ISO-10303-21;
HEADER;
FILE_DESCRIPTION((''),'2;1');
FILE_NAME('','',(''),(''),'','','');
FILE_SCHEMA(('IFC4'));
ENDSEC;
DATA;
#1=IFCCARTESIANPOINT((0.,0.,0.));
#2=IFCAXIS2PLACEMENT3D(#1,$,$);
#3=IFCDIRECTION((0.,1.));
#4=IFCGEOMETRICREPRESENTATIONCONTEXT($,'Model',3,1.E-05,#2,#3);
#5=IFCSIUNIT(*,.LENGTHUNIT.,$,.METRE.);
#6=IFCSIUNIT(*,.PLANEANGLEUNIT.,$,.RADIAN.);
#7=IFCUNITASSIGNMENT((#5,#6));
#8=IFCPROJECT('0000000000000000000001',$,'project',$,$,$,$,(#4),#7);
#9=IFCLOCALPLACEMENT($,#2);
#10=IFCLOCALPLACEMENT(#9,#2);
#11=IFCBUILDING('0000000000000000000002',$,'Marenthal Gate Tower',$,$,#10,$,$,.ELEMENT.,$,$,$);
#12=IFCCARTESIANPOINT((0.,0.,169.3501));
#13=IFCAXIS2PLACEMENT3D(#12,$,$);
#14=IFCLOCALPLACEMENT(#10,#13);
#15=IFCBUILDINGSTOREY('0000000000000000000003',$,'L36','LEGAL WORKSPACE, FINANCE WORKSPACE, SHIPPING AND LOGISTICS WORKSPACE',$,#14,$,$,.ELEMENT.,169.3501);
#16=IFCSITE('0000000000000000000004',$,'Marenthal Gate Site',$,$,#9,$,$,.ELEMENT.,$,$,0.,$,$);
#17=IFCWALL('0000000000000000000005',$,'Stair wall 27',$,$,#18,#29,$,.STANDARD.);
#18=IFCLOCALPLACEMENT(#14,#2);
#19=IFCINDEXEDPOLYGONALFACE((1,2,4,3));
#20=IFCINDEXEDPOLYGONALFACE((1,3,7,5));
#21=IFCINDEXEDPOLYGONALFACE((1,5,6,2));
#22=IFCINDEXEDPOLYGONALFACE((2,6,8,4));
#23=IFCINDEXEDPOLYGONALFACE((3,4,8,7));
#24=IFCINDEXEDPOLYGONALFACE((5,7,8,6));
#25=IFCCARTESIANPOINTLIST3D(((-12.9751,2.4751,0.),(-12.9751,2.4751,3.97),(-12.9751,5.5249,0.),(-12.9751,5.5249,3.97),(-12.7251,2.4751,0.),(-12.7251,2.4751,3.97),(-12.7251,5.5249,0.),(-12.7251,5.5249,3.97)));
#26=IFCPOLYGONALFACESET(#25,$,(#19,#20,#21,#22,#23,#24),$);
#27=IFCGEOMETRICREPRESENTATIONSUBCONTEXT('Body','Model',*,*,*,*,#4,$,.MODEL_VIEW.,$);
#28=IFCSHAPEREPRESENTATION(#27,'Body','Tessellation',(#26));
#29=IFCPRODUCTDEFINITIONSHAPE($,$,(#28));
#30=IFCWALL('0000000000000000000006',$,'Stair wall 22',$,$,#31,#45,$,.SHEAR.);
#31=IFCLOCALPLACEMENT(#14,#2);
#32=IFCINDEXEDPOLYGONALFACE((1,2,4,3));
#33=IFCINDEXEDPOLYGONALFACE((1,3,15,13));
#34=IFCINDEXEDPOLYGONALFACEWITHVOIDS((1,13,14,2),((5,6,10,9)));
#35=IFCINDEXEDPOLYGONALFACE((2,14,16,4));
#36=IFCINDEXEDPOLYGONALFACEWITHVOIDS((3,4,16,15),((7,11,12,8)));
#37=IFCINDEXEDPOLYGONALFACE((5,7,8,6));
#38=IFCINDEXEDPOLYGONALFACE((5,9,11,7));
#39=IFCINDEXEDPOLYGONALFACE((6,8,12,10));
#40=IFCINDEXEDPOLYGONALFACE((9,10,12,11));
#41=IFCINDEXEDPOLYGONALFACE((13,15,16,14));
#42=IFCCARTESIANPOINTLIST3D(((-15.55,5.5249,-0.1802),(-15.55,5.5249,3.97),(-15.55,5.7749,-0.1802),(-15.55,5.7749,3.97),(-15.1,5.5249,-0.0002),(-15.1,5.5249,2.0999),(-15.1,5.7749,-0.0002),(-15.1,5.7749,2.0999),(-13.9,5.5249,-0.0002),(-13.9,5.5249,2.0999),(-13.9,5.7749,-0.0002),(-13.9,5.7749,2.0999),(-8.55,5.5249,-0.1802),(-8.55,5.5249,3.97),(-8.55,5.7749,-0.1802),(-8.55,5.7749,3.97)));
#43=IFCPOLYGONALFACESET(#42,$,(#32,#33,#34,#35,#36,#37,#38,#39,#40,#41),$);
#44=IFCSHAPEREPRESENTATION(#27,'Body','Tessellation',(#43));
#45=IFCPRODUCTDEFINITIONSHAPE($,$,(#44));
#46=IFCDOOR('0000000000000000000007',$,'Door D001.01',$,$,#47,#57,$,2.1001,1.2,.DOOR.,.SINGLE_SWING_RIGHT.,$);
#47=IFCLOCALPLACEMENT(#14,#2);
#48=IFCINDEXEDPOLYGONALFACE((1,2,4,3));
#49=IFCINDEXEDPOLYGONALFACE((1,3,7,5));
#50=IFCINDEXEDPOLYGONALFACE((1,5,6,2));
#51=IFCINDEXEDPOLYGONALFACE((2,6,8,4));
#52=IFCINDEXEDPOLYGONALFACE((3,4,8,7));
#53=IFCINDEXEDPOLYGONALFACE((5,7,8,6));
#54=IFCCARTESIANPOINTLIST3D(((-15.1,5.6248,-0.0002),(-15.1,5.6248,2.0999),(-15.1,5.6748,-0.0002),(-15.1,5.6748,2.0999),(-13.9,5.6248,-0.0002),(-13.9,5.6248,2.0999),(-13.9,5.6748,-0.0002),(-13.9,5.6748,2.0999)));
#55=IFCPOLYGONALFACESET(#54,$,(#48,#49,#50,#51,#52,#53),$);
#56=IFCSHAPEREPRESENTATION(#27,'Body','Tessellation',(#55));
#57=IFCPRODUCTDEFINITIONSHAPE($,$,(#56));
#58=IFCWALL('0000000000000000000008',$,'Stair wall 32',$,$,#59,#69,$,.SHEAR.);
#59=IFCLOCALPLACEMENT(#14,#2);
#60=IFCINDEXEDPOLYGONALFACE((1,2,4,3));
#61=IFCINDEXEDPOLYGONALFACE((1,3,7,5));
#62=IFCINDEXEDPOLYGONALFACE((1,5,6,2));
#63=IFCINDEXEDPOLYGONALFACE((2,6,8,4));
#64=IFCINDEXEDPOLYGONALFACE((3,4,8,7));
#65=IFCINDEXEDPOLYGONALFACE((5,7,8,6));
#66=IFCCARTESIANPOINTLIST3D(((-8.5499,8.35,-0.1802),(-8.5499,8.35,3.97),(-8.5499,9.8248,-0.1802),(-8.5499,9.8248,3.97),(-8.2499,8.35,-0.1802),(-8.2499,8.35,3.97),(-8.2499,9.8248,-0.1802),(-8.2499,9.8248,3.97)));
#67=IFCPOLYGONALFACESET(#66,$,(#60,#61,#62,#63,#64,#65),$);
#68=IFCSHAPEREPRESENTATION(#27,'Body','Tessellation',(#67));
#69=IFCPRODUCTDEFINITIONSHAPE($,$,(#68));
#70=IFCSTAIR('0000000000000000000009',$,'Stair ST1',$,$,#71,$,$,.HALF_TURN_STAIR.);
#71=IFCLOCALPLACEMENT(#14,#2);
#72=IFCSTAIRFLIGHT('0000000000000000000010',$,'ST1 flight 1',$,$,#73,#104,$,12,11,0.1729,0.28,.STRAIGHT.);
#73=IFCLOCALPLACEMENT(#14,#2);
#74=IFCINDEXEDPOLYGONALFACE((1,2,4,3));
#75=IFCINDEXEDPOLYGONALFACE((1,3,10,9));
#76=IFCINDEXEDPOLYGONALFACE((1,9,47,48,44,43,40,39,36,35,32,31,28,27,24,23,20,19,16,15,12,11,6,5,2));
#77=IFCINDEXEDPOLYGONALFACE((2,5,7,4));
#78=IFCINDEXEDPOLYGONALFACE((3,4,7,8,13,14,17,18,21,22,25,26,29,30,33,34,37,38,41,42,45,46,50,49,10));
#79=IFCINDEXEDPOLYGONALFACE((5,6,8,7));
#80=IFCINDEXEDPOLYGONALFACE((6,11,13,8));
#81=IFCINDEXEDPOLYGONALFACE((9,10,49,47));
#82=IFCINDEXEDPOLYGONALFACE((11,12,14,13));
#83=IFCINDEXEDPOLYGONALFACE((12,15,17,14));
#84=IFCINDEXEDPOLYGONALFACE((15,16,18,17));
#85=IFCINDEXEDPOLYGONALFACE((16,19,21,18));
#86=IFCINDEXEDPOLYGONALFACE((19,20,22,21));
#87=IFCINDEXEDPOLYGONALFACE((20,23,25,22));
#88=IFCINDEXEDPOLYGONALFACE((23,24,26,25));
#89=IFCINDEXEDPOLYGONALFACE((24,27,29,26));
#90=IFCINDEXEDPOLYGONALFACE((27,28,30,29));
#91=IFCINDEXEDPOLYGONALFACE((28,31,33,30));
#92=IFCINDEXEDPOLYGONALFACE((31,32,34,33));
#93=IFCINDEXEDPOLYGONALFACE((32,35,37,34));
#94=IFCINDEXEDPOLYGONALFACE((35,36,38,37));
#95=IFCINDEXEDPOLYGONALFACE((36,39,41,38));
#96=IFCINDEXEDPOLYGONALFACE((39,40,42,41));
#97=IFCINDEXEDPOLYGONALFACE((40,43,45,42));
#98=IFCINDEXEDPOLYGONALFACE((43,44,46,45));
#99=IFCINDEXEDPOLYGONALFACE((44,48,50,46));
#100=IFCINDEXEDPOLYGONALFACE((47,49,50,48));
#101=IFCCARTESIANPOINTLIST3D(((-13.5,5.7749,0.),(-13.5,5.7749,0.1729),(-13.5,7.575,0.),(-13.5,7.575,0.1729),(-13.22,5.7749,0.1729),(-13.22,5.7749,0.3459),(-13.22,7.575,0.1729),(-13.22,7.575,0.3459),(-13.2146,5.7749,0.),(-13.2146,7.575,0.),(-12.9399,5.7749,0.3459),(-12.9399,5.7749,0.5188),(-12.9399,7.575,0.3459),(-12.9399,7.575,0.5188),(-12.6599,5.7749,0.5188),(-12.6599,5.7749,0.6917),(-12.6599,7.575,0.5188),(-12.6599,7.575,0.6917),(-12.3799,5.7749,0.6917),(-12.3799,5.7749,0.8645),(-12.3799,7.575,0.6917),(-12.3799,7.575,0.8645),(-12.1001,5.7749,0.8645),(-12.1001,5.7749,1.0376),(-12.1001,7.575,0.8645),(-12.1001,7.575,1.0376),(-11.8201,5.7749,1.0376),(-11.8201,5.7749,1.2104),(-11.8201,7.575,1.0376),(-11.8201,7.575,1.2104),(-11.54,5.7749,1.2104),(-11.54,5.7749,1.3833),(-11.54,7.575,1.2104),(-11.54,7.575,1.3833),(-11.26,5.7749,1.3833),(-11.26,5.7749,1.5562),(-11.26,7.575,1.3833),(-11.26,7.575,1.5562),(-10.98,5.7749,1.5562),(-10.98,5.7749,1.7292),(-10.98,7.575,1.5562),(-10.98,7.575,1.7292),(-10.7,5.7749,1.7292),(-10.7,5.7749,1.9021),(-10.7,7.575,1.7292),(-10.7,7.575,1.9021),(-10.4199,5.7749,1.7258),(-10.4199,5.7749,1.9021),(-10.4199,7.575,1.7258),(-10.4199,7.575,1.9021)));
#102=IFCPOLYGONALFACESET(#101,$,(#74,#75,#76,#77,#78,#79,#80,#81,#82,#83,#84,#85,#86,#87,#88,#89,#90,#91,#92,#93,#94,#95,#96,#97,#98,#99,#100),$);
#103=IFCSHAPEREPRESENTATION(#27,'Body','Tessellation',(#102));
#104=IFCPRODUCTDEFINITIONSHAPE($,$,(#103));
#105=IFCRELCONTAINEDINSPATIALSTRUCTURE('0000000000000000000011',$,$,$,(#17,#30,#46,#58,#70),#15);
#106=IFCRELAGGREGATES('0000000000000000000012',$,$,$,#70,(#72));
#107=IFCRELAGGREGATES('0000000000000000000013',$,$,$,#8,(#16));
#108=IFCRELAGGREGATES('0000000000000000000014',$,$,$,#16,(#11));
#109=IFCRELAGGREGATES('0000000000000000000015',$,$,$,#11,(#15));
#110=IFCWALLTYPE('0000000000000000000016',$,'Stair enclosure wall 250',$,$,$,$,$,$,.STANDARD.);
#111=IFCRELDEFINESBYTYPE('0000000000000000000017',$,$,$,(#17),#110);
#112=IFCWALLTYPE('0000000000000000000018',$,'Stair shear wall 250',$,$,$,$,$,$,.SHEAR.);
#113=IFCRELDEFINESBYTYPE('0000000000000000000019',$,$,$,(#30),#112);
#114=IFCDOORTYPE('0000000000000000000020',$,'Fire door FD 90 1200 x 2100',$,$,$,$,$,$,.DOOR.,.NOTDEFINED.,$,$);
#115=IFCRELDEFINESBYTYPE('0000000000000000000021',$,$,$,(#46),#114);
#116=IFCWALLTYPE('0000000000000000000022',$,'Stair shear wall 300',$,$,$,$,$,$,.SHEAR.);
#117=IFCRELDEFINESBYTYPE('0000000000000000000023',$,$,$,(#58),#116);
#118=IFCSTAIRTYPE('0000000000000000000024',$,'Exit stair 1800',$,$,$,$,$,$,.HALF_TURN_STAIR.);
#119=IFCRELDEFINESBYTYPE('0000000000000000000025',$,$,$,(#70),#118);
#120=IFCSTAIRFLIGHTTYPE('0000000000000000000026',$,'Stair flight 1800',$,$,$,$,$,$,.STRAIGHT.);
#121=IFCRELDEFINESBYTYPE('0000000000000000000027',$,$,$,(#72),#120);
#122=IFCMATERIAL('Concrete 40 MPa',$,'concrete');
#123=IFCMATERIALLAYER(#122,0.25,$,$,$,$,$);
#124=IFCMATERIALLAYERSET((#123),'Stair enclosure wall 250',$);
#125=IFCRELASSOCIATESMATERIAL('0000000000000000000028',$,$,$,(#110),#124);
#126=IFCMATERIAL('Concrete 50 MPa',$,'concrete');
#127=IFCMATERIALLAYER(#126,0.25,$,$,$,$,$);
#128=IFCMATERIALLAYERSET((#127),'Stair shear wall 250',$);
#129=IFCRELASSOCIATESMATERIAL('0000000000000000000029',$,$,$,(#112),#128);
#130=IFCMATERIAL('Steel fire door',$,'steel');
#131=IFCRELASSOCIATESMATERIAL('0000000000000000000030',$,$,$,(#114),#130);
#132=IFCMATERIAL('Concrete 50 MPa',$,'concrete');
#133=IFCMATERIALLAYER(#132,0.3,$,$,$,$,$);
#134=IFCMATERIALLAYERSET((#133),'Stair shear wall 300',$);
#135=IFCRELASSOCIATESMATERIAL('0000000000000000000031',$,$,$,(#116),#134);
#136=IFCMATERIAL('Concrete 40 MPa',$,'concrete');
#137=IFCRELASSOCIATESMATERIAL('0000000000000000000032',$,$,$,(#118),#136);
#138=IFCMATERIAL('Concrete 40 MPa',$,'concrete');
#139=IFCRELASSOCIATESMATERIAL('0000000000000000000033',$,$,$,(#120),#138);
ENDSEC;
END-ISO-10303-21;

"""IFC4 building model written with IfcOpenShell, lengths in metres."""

from ifc_helpers import new_model, si_unit, direction, frame, frame_2d, origin, place, context, subcontext, project, spatial, polyline, rectangle, outline, extrude, material, layer, layer_set, type_object, element, fill, aggregate, save


model = new_model("IFC4")

# Units and contexts
model_context = context("Model", 3, precision=1e-05, world=origin(), true_north=direction((0.0, 1.0)))
body_context = subcontext(model_context, "Body", "Model", "MODEL_VIEW")
ifc_project = project(units=[si_unit("LENGTHUNIT", "METRE"), si_unit("PLANEANGLEUNIT", "RADIAN")], contexts=[model_context])

# Site, building, storey
site_placement = place(None, origin())
site = spatial("IfcSite", under=ifc_project, at=site_placement, Name="Marenthal Gate Site", CompositionType="ELEMENT", RefElevation=0.0)
building_placement = place(site_placement, origin())
building = spatial("IfcBuilding", under=site, at=building_placement, Name="Marenthal Gate Tower", CompositionType="ELEMENT")
storey_placement = place(building_placement, frame((0.0, 0.0, 169.3501)))
storey = spatial("IfcBuildingStorey", under=building, at=storey_placement, Name="L36", Description="LEGAL WORKSPACE, FINANCE WORKSPACE, SHIPPING AND LOGISTICS WORKSPACE", CompositionType="ELEMENT", Elevation=169.3501)

# Wall
ifc_material_1 = material(Name="Concrete 40 MPa", Category="concrete")
ifc_layer_1 = layer(ifc_material_1, 0.25)
ifc_layer_set_1 = layer_set([ifc_layer_1], Name="Stair enclosure wall 250")
wall_type_1 = type_object("IfcWallType", Name="Stair enclosure wall 250", PredefinedType="STANDARD", material=ifc_layer_set_1)
wall_1_placement = place(storey_placement, frame((-12.8501, 2.4751, 0.0), z_axis=(0.0, 0.0, 1.0), x_axis=(0.0, 1.0, 0.0)))
element("IfcWall", 1, at=wall_1_placement, inside=storey, type_object=wall_type_1, Name="Stair wall 27", PredefinedType="STANDARD", context=body_context, shape_type="SweptSolid", body=[
    extrude(rectangle(XDim=3.0498, YDim=0.25, at=frame_2d((1.5249, 0.0))), origin(), (0.0, 0.0, 1.0), 3.97),
])

# Wall, opening, door
ifc_material_2 = material(Name="Concrete 50 MPa", Category="concrete")
ifc_layer_2 = layer(ifc_material_2, 0.25)
ifc_layer_set_2 = layer_set([ifc_layer_2], Name="Stair shear wall 250")
wall_type_2 = type_object("IfcWallType", Name="Stair shear wall 250", PredefinedType="SHEAR", material=ifc_layer_set_2)
wall_2_placement = place(storey_placement, frame((-15.55, 5.6499, -0.1802), z_axis=(0.0, 0.0, 1.0), x_axis=(1.0, 0.0, 0.0)))
wall_2 = element("IfcWall", 2, at=wall_2_placement, inside=storey, type_object=wall_type_2, Name="Stair wall 22", PredefinedType="SHEAR", context=body_context, shape_type="SweptSolid", body=[
    extrude(rectangle(XDim=7.0, YDim=0.25, at=frame_2d((3.5, 0.0))), origin(), (0.0, 0.0, 1.0), 4.1501),
])
opening_1_placement = place(wall_2_placement, frame((0.45, 0.0, 0.1799)))
opening_1 = element("IfcOpeningElement", 3, at=opening_1_placement, cuts=wall_2, PredefinedType="OPENING", context=body_context, shape_type="SweptSolid", body=[
    extrude(rectangle(XDim=1.2, YDim=2.1001, at=frame_2d((0.6001, 1.05))), frame((0.0, 0.135, 0.0), z_axis=(0.0, -1.0, 0.0), x_axis=(1.0, 0.0, 0.0)), (0.0, 0.0, 1.0), 0.27),
])
ifc_material_3 = material(Name="Steel fire door", Category="steel")
door_type_1 = type_object("IfcDoorType", Name="Fire door FD 90 1200 x 2100", OperationType="NOTDEFINED", PredefinedType="DOOR", material=ifc_material_3)
door_1_placement = place(opening_1_placement, origin())
door_1 = element("IfcDoor", 4, at=door_1_placement, inside=storey, type_object=door_type_1, Name="Door D001.01", OperationType="SINGLE_SWING_RIGHT", OverallHeight=2.1001, OverallWidth=1.2, PredefinedType="DOOR", context=body_context, shape_type="SweptSolid", body=[
    extrude(rectangle(XDim=1.2, YDim=2.1001, at=frame_2d((0.6001, 1.05))), frame((0.0, 0.0249, 0.0), z_axis=(0.0, -1.0, 0.0), x_axis=(1.0, 0.0, 0.0)), (0.0, 0.0, 1.0), 0.05),
])
fill(opening_1, door_1)

# Wall
ifc_material_4 = material(Name="Concrete 50 MPa", Category="concrete")
ifc_layer_3 = layer(ifc_material_4, 0.3)
ifc_layer_set_3 = layer_set([ifc_layer_3], Name="Stair shear wall 300")
wall_type_3 = type_object("IfcWallType", Name="Stair shear wall 300", PredefinedType="SHEAR", material=ifc_layer_set_3)
wall_3_placement = place(storey_placement, frame((-8.3999, 8.3501, -0.1802), z_axis=(0.0, 0.0, 1.0), x_axis=(0.0, 1.0, 0.0)))
element("IfcWall", 5, at=wall_3_placement, inside=storey, type_object=wall_type_3, Name="Stair wall 32", PredefinedType="SHEAR", context=body_context, shape_type="SweptSolid", body=[
    extrude(rectangle(XDim=1.4749, YDim=0.3, at=frame_2d((0.7373, 0.0))), origin(), (0.0, 0.0, 1.0), 4.1501),
])

# Stair, stair flight
ifc_material_5 = material(Name="Concrete 40 MPa", Category="concrete")
stair_type = type_object("IfcStairType", Name="Exit stair 1800", PredefinedType="HALF_TURN_STAIR", material=ifc_material_5)
stair_placement = place(storey_placement, origin())
stair = element("IfcStair", 6, at=stair_placement, inside=storey, type_object=stair_type, Name="Stair ST1", PredefinedType="HALF_TURN_STAIR")
ifc_material_6 = material(Name="Concrete 40 MPa", Category="concrete")
stair_flight_type = type_object("IfcStairFlightType", Name="Stair flight 1800", PredefinedType="STRAIGHT", material=ifc_material_6)
stair_flight_placement = place(storey_placement, frame((-13.5, 6.675, 0.0), z_axis=(0.0, 0.0, 1.0), x_axis=(1.0, 0.0, 0.0)))
stair_flight = element("IfcStairFlight", 7, at=stair_flight_placement, type_object=stair_flight_type, Name="ST1 flight 1", NumberOfRisers=12, NumberOfTreads=11, PredefinedType="STRAIGHT", RiserHeight=0.1729, TreadLength=0.28, context=body_context, shape_type="SweptSolid", body=[
    extrude(outline(polyline([(0.0, 0.0), (0.0, 0.1729), (0.28, 0.1729), (0.28, 0.3459), (0.5601, 0.3459), (0.5601, 0.5188), (0.8401, 0.5188), (0.8401, 0.6917), (1.1201, 0.6917), (1.1201, 0.8645), (1.3999, 0.8645), (1.3999, 1.0376), (1.6799, 1.0376), (1.6799, 1.2104), (1.96, 1.2104), (1.96, 1.3833), (2.24, 1.3833), (2.24, 1.5562), (2.52, 1.5562), (2.52, 1.7292), (2.8, 1.7292), (2.8, 1.9021), (3.0801, 1.9021), (3.0801, 2.075), (3.0801, 1.7258), (0.2854, 0.0), (0.0, 0.0)])), frame((0.0, 0.8999, 0.0), z_axis=(0.0, -1.0, 0.0), x_axis=(1.0, 0.0, 0.0)), (0.0, 0.0, 1.0), 1.8),
])
aggregate(stair, [stair_flight])

save(model, "model.ifc")
